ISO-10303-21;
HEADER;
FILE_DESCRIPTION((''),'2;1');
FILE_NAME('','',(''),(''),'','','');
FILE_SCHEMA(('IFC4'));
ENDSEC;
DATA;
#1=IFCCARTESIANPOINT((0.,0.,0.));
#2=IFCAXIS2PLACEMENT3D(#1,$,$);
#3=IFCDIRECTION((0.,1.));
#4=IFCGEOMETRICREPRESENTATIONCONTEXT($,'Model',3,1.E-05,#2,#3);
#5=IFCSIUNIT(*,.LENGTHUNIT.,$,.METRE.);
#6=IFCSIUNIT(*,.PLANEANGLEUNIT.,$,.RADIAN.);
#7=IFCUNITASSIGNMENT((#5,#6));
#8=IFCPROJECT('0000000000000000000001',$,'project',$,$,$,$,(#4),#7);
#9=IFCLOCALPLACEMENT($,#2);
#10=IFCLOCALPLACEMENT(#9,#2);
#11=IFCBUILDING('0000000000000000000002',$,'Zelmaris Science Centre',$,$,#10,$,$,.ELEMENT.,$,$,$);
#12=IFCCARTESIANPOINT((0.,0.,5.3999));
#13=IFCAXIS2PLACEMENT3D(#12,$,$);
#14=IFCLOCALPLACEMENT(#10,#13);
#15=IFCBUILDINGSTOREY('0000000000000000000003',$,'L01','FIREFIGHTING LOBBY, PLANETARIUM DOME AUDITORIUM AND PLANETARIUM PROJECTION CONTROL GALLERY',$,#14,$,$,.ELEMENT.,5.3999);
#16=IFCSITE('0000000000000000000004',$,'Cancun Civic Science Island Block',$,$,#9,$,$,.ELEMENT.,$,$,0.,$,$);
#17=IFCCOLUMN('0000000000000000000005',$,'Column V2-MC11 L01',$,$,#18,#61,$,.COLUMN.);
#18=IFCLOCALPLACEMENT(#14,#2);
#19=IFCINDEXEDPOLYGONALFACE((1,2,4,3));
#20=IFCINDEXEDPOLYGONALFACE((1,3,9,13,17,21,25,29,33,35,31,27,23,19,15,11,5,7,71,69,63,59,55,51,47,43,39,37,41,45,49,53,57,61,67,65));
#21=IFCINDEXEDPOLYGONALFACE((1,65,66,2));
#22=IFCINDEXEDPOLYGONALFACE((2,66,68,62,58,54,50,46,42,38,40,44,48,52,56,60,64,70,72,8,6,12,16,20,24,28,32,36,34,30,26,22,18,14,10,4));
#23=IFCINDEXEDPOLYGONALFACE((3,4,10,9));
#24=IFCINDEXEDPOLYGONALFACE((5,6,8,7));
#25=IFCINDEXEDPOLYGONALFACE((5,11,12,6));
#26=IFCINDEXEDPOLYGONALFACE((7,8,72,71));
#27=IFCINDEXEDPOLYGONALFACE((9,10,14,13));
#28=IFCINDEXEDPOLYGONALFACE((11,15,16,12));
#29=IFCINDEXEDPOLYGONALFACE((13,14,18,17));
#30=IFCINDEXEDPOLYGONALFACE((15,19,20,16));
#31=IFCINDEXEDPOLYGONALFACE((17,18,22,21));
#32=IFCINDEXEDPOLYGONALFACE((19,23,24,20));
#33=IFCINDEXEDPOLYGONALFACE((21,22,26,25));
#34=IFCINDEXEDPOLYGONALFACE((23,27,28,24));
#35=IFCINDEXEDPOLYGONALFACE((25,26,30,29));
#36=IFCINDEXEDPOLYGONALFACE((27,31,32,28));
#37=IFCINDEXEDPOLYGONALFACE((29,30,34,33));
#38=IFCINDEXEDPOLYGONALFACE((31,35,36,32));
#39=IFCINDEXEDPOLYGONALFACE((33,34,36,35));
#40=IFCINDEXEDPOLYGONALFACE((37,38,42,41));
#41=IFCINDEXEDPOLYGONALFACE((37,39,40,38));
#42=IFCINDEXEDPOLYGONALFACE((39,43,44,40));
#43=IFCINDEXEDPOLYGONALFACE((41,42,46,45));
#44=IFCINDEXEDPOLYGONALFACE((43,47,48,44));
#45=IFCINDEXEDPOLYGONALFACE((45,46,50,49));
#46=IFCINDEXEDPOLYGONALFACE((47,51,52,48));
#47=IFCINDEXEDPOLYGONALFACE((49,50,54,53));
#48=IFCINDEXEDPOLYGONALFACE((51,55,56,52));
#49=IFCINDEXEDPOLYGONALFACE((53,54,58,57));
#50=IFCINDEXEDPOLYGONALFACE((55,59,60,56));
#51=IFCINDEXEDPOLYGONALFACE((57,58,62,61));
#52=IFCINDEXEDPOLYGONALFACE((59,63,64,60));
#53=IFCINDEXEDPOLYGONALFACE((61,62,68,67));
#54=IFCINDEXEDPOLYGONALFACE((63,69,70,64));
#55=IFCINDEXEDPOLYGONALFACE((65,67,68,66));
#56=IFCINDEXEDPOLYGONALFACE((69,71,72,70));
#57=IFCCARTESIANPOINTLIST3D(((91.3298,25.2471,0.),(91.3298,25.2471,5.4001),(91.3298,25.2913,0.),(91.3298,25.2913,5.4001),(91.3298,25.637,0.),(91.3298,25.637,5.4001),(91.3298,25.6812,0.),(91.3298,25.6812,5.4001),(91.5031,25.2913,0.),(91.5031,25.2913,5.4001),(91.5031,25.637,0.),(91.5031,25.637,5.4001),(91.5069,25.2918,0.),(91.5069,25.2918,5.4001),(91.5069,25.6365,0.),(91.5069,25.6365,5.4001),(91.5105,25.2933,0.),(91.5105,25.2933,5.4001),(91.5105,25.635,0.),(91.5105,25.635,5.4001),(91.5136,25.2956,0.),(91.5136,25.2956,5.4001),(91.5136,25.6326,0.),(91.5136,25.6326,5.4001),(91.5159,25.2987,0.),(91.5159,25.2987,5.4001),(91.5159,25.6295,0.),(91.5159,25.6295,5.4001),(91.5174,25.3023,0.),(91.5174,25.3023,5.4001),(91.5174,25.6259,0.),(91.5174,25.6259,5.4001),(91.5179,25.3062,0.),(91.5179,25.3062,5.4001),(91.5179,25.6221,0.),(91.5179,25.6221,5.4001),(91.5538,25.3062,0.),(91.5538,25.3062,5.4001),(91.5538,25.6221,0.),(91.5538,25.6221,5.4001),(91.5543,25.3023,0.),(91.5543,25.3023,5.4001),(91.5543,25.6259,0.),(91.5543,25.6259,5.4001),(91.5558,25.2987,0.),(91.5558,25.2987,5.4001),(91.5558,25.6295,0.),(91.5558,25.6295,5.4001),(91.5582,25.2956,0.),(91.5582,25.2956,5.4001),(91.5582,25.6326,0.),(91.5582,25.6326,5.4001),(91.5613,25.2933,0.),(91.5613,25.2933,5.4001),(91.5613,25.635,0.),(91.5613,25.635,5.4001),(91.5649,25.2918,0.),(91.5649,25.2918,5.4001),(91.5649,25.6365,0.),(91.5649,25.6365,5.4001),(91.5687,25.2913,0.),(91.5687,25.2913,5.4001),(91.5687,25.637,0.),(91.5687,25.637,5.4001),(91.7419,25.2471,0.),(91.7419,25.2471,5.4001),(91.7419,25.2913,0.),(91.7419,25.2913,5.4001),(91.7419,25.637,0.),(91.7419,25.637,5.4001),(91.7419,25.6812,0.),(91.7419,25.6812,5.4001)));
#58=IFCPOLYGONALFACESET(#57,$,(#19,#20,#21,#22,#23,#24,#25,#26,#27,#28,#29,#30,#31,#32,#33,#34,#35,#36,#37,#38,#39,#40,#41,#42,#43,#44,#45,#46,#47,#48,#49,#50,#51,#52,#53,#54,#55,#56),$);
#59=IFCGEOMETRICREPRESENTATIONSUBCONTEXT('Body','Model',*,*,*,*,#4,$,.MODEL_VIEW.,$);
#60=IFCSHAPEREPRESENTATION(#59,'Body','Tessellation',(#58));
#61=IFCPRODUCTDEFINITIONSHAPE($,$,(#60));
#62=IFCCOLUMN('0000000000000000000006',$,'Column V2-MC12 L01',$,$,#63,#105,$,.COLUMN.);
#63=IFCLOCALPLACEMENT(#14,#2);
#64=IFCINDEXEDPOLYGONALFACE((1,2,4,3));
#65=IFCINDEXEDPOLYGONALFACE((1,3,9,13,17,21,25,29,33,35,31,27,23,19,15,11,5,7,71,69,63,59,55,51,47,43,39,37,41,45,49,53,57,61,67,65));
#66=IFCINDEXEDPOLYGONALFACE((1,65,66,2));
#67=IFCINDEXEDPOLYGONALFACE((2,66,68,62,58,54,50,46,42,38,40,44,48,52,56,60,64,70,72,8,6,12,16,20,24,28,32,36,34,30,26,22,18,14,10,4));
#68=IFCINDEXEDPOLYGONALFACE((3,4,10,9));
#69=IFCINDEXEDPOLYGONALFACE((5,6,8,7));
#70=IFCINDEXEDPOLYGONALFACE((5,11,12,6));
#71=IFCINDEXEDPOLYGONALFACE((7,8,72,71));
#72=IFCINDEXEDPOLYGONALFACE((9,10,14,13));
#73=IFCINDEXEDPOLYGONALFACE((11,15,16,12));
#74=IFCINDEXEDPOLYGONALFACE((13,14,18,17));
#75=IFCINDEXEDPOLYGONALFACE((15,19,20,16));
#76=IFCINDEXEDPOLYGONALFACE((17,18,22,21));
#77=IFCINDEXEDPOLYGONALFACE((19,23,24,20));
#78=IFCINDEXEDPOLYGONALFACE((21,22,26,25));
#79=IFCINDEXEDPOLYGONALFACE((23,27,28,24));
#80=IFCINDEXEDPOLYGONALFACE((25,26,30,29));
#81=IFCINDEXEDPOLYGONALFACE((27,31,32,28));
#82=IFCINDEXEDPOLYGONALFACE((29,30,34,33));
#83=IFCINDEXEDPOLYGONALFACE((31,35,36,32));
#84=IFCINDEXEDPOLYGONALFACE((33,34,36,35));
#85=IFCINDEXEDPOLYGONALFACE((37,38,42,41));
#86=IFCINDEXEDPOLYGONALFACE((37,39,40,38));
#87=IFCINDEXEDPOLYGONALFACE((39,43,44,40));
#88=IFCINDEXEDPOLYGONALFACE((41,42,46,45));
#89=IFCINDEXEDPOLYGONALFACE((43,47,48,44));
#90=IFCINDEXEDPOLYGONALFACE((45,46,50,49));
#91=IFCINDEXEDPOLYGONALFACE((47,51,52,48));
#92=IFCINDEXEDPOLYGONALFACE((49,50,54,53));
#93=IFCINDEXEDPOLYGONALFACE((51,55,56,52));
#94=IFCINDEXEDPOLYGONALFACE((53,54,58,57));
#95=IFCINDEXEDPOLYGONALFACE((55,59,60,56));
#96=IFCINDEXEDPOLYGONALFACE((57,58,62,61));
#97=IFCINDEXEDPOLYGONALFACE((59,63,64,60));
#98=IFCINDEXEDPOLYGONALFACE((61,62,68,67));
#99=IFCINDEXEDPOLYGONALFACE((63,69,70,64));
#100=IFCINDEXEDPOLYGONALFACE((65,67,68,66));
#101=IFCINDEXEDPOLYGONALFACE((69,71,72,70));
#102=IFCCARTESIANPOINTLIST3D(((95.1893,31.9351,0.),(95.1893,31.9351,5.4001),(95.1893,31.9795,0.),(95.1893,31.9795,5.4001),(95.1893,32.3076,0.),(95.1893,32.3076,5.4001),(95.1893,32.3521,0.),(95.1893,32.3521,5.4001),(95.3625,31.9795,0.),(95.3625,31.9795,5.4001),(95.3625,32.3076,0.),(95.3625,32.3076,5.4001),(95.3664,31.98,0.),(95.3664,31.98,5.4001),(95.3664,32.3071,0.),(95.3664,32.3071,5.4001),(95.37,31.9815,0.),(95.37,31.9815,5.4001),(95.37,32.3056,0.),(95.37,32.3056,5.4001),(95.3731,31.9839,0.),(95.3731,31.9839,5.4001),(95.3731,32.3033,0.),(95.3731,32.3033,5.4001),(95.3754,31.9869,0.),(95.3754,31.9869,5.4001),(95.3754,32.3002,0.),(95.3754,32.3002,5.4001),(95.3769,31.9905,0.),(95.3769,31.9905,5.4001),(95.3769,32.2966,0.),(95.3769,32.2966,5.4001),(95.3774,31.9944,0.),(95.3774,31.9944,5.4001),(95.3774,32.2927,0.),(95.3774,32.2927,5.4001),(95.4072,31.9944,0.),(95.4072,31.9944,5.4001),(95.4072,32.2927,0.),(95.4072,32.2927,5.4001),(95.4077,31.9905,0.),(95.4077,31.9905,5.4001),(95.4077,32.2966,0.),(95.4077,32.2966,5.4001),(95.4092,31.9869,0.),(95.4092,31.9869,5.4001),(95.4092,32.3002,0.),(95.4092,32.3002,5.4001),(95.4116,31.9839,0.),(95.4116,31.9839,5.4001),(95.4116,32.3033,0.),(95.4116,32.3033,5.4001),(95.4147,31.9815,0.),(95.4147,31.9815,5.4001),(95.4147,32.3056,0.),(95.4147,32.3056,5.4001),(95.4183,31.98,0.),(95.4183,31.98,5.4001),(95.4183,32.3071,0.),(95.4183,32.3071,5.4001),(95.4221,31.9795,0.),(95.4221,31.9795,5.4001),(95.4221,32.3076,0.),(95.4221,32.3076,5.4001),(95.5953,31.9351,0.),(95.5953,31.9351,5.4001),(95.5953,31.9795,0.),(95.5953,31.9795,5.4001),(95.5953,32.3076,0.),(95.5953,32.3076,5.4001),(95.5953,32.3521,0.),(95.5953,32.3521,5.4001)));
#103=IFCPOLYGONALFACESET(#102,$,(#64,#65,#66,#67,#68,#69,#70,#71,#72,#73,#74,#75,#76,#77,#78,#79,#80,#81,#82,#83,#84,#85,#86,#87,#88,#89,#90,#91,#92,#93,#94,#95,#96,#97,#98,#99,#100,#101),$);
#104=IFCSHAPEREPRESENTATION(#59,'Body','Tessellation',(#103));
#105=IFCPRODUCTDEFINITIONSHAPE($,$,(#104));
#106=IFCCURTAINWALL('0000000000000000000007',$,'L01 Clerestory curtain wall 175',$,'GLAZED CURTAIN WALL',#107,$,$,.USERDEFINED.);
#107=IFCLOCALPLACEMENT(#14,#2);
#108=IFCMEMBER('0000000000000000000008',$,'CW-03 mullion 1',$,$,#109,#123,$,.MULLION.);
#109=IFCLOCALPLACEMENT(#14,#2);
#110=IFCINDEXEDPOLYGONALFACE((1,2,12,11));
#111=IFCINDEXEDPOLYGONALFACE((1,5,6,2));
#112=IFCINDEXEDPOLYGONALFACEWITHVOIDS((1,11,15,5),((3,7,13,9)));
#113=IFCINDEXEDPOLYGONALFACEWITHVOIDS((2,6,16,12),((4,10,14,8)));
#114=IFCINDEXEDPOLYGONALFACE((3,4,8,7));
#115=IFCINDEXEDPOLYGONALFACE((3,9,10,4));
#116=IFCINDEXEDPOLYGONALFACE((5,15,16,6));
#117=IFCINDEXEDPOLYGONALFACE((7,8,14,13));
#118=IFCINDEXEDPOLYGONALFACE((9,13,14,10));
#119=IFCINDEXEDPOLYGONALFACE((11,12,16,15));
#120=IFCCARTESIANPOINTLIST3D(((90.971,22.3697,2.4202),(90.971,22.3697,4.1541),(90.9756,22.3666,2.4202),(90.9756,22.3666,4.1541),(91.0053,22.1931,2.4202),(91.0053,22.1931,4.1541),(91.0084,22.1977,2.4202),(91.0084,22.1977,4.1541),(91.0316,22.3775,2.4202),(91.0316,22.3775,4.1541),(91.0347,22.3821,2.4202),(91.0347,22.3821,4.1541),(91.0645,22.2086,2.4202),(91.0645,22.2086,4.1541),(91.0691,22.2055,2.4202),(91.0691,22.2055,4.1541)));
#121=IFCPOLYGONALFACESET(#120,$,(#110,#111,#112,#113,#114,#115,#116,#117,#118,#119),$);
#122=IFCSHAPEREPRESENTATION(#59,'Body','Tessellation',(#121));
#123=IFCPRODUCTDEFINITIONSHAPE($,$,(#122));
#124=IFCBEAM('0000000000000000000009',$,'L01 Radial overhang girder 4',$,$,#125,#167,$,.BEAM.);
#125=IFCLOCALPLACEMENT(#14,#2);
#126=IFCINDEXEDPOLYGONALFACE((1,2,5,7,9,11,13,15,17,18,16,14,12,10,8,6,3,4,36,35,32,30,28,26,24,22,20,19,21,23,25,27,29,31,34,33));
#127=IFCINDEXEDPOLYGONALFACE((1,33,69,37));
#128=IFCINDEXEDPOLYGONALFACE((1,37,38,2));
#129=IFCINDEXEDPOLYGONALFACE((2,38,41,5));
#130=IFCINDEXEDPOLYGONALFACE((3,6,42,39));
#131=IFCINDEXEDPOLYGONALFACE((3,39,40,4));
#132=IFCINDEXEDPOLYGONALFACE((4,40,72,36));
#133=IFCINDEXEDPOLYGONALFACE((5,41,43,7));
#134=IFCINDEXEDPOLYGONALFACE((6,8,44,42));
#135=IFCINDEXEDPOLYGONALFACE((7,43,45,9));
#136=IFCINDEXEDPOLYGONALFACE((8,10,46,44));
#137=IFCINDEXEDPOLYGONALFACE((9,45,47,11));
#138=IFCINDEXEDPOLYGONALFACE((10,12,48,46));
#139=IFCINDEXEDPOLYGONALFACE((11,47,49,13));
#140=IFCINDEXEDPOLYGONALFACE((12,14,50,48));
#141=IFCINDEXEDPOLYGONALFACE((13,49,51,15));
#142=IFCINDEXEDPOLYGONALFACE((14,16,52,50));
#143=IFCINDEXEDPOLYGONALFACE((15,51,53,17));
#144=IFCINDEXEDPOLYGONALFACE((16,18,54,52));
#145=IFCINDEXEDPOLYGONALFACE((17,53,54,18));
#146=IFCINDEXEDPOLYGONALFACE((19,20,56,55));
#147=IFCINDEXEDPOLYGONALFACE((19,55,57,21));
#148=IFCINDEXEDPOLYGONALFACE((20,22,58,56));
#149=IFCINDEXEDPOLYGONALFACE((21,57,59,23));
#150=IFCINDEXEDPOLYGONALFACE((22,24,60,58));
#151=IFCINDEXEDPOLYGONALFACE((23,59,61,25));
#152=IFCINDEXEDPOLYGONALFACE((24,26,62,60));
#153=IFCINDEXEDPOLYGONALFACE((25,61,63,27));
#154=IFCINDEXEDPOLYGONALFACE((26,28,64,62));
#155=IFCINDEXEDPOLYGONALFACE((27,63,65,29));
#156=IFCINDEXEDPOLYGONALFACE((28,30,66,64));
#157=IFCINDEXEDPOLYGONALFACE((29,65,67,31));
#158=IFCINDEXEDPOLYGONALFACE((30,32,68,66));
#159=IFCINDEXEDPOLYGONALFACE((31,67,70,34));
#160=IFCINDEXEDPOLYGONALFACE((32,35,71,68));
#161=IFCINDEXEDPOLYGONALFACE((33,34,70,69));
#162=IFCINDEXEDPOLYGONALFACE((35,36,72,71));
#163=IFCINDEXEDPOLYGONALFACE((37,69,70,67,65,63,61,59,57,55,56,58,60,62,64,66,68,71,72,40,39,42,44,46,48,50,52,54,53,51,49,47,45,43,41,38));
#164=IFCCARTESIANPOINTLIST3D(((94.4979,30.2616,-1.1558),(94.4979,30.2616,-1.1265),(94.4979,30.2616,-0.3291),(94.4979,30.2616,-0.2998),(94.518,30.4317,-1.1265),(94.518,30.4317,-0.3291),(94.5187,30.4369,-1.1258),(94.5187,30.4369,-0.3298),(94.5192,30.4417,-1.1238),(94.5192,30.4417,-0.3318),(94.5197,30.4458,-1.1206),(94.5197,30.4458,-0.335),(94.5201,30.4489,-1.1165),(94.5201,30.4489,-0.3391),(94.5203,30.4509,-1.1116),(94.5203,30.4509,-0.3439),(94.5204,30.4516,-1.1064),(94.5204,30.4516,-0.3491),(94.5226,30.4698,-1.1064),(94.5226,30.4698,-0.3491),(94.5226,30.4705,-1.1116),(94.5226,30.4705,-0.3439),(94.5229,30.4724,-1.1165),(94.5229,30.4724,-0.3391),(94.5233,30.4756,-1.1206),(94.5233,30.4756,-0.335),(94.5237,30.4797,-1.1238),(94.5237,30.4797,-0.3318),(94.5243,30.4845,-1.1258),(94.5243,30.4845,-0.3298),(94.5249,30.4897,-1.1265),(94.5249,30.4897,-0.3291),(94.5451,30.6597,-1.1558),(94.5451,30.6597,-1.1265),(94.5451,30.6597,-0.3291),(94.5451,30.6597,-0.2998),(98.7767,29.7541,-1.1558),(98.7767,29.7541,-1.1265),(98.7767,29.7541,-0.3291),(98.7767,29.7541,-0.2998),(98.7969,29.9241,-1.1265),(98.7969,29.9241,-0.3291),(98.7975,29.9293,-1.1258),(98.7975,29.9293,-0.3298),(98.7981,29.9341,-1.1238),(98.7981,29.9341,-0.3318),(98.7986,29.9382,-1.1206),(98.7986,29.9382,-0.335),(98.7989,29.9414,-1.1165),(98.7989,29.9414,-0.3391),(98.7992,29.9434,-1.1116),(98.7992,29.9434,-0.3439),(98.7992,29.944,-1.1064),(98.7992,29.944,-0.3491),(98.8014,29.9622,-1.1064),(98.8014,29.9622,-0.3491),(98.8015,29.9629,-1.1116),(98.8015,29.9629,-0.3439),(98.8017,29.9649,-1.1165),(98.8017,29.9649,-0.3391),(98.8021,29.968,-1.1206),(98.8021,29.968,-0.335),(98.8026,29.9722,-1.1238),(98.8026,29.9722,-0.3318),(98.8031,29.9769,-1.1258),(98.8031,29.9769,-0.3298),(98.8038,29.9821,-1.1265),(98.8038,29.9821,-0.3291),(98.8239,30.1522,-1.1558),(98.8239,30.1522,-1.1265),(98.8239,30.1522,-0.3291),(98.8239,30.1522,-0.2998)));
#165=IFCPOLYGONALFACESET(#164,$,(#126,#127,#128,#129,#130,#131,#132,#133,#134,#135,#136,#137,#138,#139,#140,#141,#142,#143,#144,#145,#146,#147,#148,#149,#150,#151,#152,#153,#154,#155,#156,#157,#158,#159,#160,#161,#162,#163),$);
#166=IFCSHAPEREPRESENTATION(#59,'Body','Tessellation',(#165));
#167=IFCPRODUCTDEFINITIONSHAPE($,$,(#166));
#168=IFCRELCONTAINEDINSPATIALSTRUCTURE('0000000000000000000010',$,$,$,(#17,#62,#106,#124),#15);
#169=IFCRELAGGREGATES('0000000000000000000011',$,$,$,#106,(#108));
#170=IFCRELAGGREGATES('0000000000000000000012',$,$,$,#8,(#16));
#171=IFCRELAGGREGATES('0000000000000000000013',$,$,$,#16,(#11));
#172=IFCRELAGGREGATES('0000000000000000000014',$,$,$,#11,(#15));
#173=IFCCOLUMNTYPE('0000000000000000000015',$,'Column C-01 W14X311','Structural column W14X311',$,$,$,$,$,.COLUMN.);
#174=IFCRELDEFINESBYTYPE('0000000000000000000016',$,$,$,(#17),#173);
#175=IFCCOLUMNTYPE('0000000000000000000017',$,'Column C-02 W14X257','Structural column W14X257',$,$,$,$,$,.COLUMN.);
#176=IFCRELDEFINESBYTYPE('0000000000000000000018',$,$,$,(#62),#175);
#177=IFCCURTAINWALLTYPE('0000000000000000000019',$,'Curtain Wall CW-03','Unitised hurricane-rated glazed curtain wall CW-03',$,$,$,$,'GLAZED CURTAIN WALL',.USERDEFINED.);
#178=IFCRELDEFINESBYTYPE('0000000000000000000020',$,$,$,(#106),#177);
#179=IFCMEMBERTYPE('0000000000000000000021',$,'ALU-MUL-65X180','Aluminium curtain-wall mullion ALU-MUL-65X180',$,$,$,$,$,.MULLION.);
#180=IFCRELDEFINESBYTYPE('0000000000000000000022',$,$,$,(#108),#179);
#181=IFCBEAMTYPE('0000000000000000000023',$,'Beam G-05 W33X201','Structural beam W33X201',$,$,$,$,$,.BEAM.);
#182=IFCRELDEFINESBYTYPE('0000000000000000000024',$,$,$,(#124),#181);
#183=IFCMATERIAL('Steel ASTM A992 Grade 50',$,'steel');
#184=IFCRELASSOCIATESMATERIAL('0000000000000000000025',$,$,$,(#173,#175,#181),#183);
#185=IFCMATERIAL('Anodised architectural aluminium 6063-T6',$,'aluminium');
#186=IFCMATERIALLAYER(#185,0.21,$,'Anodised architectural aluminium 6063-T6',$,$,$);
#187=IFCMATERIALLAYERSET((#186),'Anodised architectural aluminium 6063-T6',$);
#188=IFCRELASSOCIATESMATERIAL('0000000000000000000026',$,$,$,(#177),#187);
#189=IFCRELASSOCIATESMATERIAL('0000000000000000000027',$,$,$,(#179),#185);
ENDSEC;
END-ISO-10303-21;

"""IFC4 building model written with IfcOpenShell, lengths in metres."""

from ifc_helpers import new_model, si_unit, direction, frame, origin, origin_2d, place, context, subcontext, project, spatial, hollow_rectangle, i_section, extrude, material, layer, layer_set, material_profile, profile_set, type_object, element, aggregate, save


model = new_model("IFC4")

# Units and contexts
model_context = context("Model", 3, precision=1e-05, world=origin(), true_north=direction((0.0, 1.0)))
body_context = subcontext(model_context, "Body", "Model", "MODEL_VIEW")
ifc_project = project(units=[si_unit("LENGTHUNIT", "METRE"), si_unit("PLANEANGLEUNIT", "RADIAN")], contexts=[model_context])

# Site, building, storey
site_placement = place(None, origin())
site = spatial("IfcSite", under=ifc_project, at=site_placement, Name="Cancun Civic Science Island Block", CompositionType="ELEMENT", RefElevation=0.0)
building_placement = place(site_placement, origin())
building = spatial("IfcBuilding", under=site, at=building_placement, Name="Zelmaris Science Centre", CompositionType="ELEMENT")
storey_placement = place(building_placement, frame((0.0, 0.0, 5.3999)))
storey = spatial("IfcBuildingStorey", under=building, at=storey_placement, Name="L01", Description="FIREFIGHTING LOBBY, PLANETARIUM DOME AUDITORIUM AND PLANETARIUM PROJECTION CONTROL GALLERY", CompositionType="ELEMENT", Elevation=5.3999)

# Columns
ifc_material_1 = material(Name="Steel ASTM A992 Grade 50", Category="steel")
ifc_material_profile_1 = material_profile(ifc_material_1, i_section(OverallWidth=0.4121, OverallDepth=0.4341, WebThickness=0.0359, FlangeThickness=0.0442, FilletRadius=0.0149, at=origin_2d()), Name="W14X311")
ifc_profile_set_1 = profile_set([ifc_material_profile_1], Name="Steel ASTM A992 Grade 50")
column_type_1 = type_object("IfcColumnType", Name="Column C-01 W14X311", Description="Structural column W14X311", PredefinedType="COLUMN", material=ifc_profile_set_1)
column_1_placement = place(storey_placement, frame((91.5359, 25.4641, 0.0), z_axis=(0.0, 0.0, 1.0), x_axis=(1.0, 0.0, 0.0)))
element("IfcColumn", 1, at=column_1_placement, inside=storey, type_object=column_type_1, Name="Column V2-MC11 L01", PredefinedType="COLUMN", context=body_context, shape_type="SweptSolid", body=[
    extrude(i_section(OverallWidth=0.4121, OverallDepth=0.4341, WebThickness=0.0359, FlangeThickness=0.0442, FilletRadius=0.0149, at=origin_2d()), origin(), (0.0, 0.0, 1.0), 5.4001),
])
ifc_material_profile_2 = material_profile(ifc_material_1, i_section(OverallWidth=0.406, OverallDepth=0.417, WebThickness=0.0298, FlangeThickness=0.0444, FilletRadius=0.0149, at=origin_2d()), Name="W14X257")
ifc_profile_set_2 = profile_set([ifc_material_profile_2], Name="Steel ASTM A992 Grade 50")
column_type_2 = type_object("IfcColumnType", Name="Column C-02 W14X257", Description="Structural column W14X257", PredefinedType="COLUMN", material=ifc_profile_set_2)
column_2_placement = place(storey_placement, frame((95.3923, 32.1436, 0.0), z_axis=(0.0, 0.0, 1.0), x_axis=(1.0, 0.0, 0.0)))
element("IfcColumn", 2, at=column_2_placement, inside=storey, type_object=column_type_2, Name="Column V2-MC12 L01", PredefinedType="COLUMN", context=body_context, shape_type="SweptSolid", body=[
    extrude(i_section(OverallWidth=0.406, OverallDepth=0.417, WebThickness=0.0298, FlangeThickness=0.0444, FilletRadius=0.0149, at=origin_2d()), origin(), (0.0, 0.0, 1.0), 5.4001),
])

# Curtain wall, member
ifc_material_2 = material(Name="Anodised architectural aluminium 6063-T6", Category="aluminium")
ifc_layer_1 = layer(ifc_material_2, 0.21, Name="Anodised architectural aluminium 6063-T6")
ifc_layer_set_1 = layer_set([ifc_layer_1], Name="Anodised architectural aluminium 6063-T6")
curtain_wall_type = type_object("IfcCurtainWallType", Name="Curtain Wall CW-03", Description="Unitised hurricane-rated glazed curtain wall CW-03", ElementType="GLAZED CURTAIN WALL", PredefinedType="USERDEFINED", material=ifc_layer_set_1)
curtain_wall_placement = place(storey_placement, origin())
curtain_wall = element("IfcCurtainWall", 3, at=curtain_wall_placement, inside=storey, type_object=curtain_wall_type, Name="L01 Clerestory curtain wall 175", ObjectType="GLAZED CURTAIN WALL", PredefinedType="USERDEFINED")
ifc_material_profile_3 = material_profile(ifc_material_2, hollow_rectangle(XDim=0.0649, YDim=0.1799, WallThickness=0.0039, at=origin_2d()), Name="ALU-MUL-65X180")
ifc_profile_set_3 = profile_set([ifc_material_profile_3], Name="Anodised architectural aluminium 6063-T6")
member_type = type_object("IfcMemberType", Name="ALU-MUL-65X180", Description="Aluminium curtain-wall mullion ALU-MUL-65X180", PredefinedType="MULLION", material=ifc_profile_set_3)
member_placement = place(storey_placement, frame((91.02, 22.2876, 2.4202), z_axis=(0.0, 0.0, 1.0), x_axis=(-0.981631, -0.190792, 0.0)))
member = element("IfcMember", 4, at=member_placement, type_object=member_type, Name="CW-03 mullion 1", PredefinedType="MULLION", context=body_context, shape_type="SweptSolid", body=[
    extrude(hollow_rectangle(XDim=0.0649, YDim=0.1799, WallThickness=0.0039, at=origin_2d()), origin(), (0.0, 0.0, 1.0), 1.7339),
])
aggregate(curtain_wall, [member])

# Beam
ifc_material_profile_4 = material_profile(ifc_material_1, i_section(OverallWidth=0.4009, OverallDepth=0.856, WebThickness=0.0183, FlangeThickness=0.0293, FilletRadius=0.02, at=origin_2d()), Name="W33X201")
ifc_profile_set_4 = profile_set([ifc_material_profile_4], Name="Steel ASTM A992 Grade 50")
beam_type_1 = type_object("IfcBeamType", Name="Beam G-05 W33X201", Description="Structural beam W33X201", PredefinedType="BEAM", material=ifc_profile_set_4)
beam_1_placement = place(storey_placement, frame((94.5215, 30.4607, -0.7278), z_axis=(0.993038, -0.117798, 0.0), x_axis=(0.117798, 0.993038, 0.0)))
element("IfcBeam", 5, at=beam_1_placement, inside=storey, type_object=beam_type_1, Name="L01 Radial overhang girder 4", PredefinedType="BEAM", context=body_context, shape_type="SweptSolid", body=[
    extrude(i_section(OverallWidth=0.4009, OverallDepth=0.856, WebThickness=0.0183, FlangeThickness=0.0293, FilletRadius=0.02, at=origin_2d()), origin(), (0.0, 0.0, 1.0), 4.3088),
])

save(model, "model.ifc")
